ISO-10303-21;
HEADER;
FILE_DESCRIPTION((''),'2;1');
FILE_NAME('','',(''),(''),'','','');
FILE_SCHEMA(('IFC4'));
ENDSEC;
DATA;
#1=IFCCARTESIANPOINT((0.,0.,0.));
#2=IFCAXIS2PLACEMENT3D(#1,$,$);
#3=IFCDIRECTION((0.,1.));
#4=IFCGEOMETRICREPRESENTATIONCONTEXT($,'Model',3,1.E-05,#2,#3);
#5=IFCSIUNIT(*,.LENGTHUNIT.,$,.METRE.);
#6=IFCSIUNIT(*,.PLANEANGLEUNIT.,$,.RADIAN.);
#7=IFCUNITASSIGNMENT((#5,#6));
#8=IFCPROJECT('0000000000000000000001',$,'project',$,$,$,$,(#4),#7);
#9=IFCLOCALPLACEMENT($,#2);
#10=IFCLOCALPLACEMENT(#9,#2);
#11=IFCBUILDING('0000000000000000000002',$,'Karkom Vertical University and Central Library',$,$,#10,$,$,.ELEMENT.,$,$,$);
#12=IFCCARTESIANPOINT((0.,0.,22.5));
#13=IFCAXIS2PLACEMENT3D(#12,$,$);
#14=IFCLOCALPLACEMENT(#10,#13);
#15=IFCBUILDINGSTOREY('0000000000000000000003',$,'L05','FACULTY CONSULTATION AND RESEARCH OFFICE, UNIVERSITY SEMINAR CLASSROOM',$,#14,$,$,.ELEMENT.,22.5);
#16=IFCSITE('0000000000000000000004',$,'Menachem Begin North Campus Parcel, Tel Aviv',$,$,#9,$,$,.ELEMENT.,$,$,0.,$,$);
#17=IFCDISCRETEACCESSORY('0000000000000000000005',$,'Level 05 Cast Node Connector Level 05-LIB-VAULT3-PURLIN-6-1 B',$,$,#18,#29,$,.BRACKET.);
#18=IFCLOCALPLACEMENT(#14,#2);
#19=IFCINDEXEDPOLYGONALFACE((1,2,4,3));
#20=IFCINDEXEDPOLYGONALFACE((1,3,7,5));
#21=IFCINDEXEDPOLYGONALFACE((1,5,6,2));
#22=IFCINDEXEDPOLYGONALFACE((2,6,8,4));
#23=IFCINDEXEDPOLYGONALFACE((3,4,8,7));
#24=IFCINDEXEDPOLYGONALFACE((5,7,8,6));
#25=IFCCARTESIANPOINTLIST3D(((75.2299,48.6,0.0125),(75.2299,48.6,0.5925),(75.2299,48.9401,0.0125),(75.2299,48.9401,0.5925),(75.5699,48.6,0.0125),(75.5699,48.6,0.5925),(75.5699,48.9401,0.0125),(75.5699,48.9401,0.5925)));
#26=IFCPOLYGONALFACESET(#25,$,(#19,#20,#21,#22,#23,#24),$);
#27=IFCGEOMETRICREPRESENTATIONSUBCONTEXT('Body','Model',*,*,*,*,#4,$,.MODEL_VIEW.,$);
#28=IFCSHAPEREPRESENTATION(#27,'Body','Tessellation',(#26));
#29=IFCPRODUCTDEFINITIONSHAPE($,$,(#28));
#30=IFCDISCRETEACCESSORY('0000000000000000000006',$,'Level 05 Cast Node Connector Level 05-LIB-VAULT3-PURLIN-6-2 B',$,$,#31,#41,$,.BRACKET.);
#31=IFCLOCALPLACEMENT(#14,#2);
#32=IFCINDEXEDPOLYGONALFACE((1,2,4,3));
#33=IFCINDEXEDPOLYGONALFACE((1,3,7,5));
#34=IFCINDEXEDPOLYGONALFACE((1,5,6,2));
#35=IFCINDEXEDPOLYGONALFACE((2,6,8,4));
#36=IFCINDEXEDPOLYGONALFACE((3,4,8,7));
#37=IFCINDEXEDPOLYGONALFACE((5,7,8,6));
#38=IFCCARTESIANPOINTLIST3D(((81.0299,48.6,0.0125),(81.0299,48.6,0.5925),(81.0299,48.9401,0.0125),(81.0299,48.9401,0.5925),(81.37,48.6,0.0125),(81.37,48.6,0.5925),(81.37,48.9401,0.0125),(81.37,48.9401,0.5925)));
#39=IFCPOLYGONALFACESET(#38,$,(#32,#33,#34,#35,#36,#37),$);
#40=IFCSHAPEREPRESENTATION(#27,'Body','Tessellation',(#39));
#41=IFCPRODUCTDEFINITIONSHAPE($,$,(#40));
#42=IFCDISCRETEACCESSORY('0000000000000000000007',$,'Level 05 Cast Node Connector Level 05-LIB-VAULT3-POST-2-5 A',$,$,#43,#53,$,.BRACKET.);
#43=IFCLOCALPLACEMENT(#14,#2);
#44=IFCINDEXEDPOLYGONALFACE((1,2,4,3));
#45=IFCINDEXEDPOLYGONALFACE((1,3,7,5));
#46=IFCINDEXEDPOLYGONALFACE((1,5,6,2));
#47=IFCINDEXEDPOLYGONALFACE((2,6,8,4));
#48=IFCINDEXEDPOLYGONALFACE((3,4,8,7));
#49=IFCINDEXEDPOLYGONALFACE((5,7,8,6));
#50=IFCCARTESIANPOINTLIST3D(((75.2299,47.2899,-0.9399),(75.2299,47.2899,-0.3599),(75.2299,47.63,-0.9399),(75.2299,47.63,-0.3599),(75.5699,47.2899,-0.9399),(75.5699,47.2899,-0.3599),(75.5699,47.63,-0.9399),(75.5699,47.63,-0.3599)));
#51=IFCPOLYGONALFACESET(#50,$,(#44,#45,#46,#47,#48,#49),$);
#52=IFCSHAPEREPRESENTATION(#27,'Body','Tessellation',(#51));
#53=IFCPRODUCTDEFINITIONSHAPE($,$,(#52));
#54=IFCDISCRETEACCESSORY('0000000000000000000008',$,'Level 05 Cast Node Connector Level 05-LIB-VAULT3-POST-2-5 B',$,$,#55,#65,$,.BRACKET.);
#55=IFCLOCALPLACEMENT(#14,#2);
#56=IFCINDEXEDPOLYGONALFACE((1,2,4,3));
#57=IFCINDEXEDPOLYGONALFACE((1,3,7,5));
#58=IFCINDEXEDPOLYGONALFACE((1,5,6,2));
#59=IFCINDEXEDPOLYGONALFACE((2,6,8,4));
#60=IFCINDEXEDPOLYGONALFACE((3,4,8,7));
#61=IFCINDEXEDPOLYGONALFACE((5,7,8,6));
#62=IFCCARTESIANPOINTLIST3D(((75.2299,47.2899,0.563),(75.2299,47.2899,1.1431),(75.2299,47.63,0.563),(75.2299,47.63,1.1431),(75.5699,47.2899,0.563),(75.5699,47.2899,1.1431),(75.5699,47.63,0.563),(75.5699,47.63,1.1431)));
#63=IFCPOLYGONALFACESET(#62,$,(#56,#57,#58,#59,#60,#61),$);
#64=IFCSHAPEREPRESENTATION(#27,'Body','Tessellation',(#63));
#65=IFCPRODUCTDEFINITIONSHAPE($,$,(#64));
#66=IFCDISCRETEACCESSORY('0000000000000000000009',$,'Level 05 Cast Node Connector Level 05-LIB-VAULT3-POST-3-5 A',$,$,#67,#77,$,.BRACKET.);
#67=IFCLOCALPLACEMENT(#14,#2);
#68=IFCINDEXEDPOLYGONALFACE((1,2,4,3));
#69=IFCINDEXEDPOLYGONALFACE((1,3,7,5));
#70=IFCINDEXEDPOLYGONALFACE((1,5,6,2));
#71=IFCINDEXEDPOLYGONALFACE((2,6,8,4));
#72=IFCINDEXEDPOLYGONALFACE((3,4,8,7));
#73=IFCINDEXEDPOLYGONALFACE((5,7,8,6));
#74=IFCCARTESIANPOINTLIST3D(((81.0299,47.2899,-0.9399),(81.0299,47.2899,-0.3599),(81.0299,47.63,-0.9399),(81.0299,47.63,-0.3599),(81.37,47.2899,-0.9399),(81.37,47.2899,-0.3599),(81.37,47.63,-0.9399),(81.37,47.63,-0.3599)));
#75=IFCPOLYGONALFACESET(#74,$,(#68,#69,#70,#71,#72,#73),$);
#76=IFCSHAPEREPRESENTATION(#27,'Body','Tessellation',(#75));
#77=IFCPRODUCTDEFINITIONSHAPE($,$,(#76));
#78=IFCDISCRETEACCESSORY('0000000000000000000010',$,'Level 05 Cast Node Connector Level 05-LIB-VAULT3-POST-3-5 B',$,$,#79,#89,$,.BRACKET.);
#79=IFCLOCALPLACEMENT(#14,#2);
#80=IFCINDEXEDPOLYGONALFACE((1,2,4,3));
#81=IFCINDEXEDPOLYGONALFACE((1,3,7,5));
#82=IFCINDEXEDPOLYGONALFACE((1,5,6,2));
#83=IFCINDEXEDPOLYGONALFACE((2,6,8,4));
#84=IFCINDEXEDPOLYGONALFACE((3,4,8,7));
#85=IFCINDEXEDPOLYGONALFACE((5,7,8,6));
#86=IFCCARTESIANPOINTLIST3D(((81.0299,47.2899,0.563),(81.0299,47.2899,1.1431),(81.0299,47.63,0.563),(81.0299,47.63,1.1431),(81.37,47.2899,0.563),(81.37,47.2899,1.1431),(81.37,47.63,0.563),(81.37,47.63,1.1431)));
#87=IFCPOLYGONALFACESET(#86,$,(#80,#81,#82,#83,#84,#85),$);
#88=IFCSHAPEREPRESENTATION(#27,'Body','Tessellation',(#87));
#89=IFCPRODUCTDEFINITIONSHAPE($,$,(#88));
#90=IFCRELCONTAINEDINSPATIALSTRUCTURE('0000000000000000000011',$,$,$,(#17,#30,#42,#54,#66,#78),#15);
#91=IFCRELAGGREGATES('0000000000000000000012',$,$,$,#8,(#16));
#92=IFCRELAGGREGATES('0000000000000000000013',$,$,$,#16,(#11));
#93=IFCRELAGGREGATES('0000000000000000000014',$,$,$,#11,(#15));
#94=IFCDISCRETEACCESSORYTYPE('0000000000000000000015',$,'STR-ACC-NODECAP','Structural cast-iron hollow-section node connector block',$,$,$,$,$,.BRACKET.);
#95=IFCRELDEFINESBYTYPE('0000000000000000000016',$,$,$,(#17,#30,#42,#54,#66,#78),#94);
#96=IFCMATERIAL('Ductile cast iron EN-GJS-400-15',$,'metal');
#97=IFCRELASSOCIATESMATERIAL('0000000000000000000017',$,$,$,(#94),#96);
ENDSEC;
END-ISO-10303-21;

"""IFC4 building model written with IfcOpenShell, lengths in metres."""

from ifc_helpers import new_model, si_unit, direction, frame, origin, origin_with_axes, origin_2d, place, context, subcontext, project, spatial, rectangle, extrude, source, transform, mapped, material, type_object, element, save


model = new_model("IFC4")

# Units and contexts
model_context = context("Model", 3, precision=1e-05, world=origin(), true_north=direction((0.0, 1.0)))
body_context = subcontext(model_context, "Body", "Model", "MODEL_VIEW")
ifc_project = project(units=[si_unit("LENGTHUNIT", "METRE"), si_unit("PLANEANGLEUNIT", "RADIAN")], contexts=[model_context])

# Site, building, storey
site_placement = place(None, origin())
site = spatial("IfcSite", under=ifc_project, at=site_placement, Name="Menachem Begin North Campus Parcel, Tel Aviv", CompositionType="ELEMENT", RefElevation=0.0)
building_placement = place(site_placement, origin())
building = spatial("IfcBuilding", under=site, at=building_placement, Name="Karkom Vertical University and Central Library", CompositionType="ELEMENT")
storey_placement = place(building_placement, frame((0.0, 0.0, 22.5)))
storey = spatial("IfcBuildingStorey", under=building, at=storey_placement, Name="L05", Description="FACULTY CONSULTATION AND RESEARCH OFFICE, UNIVERSITY SEMINAR CLASSROOM", CompositionType="ELEMENT", Elevation=22.5)

# Discrete accessories
ifc_material_1 = material(Name="Ductile cast iron EN-GJS-400-15", Category="metal")
discrete_accessory_type = type_object("IfcDiscreteAccessoryType", Name="STR-ACC-NODECAP", Description="Structural cast-iron hollow-section node connector block", PredefinedType="BRACKET", material=ifc_material_1)
shared_shape_1 = source(origin_with_axes(), body_context, "Body", "SweptSolid", [
    extrude(rectangle(XDim=0.3401, YDim=0.3401, at=origin_2d()), origin(), (0.0, 0.0, 1.0), 0.5801),
])
for number, where, z_axis, x_axis, name in (
    (1, (75.3999, 48.77, 0.0125), (0.0, 0.0, 1.0), (1.0, 0.0, 0.0), "Level 05 Cast Node Connector Level 05-LIB-VAULT3-PURLIN-6-1 B"),
    (2, (81.2, 48.77, 0.0125), (0.0, 0.0, 1.0), (1.0, 0.0, 0.0), "Level 05 Cast Node Connector Level 05-LIB-VAULT3-PURLIN-6-2 B"),
    (3, (75.3999, 47.46, -0.9399), (0.0, 0.0, 1.0), (1.0, 0.0, 0.0), "Level 05 Cast Node Connector Level 05-LIB-VAULT3-POST-2-5 A"),
    (4, (75.3999, 47.46, 0.563), (0.0, 0.0, 1.0), (1.0, 0.0, 0.0), "Level 05 Cast Node Connector Level 05-LIB-VAULT3-POST-2-5 B"),
    (5, (81.2, 47.46, -0.9399), (0.0, 0.0, 1.0), (1.0, 0.0, 0.0), "Level 05 Cast Node Connector Level 05-LIB-VAULT3-POST-3-5 A"),
    (6, (81.2, 47.46, 0.563), (0.0, 0.0, 1.0), (1.0, 0.0, 0.0), "Level 05 Cast Node Connector Level 05-LIB-VAULT3-POST-3-5 B"),
):
    element("IfcDiscreteAccessory", number, at=place(storey_placement, frame(where, z_axis=z_axis, x_axis=x_axis)), inside=storey, type_object=discrete_accessory_type, Name=name, PredefinedType="BRACKET", context=body_context, shape_type="MappedRepresentation", body=[
        mapped(shared_shape_1, transform((0.0, 0.0, 0.0), scale=1.0)),
    ])

save(model, "model.ifc")
